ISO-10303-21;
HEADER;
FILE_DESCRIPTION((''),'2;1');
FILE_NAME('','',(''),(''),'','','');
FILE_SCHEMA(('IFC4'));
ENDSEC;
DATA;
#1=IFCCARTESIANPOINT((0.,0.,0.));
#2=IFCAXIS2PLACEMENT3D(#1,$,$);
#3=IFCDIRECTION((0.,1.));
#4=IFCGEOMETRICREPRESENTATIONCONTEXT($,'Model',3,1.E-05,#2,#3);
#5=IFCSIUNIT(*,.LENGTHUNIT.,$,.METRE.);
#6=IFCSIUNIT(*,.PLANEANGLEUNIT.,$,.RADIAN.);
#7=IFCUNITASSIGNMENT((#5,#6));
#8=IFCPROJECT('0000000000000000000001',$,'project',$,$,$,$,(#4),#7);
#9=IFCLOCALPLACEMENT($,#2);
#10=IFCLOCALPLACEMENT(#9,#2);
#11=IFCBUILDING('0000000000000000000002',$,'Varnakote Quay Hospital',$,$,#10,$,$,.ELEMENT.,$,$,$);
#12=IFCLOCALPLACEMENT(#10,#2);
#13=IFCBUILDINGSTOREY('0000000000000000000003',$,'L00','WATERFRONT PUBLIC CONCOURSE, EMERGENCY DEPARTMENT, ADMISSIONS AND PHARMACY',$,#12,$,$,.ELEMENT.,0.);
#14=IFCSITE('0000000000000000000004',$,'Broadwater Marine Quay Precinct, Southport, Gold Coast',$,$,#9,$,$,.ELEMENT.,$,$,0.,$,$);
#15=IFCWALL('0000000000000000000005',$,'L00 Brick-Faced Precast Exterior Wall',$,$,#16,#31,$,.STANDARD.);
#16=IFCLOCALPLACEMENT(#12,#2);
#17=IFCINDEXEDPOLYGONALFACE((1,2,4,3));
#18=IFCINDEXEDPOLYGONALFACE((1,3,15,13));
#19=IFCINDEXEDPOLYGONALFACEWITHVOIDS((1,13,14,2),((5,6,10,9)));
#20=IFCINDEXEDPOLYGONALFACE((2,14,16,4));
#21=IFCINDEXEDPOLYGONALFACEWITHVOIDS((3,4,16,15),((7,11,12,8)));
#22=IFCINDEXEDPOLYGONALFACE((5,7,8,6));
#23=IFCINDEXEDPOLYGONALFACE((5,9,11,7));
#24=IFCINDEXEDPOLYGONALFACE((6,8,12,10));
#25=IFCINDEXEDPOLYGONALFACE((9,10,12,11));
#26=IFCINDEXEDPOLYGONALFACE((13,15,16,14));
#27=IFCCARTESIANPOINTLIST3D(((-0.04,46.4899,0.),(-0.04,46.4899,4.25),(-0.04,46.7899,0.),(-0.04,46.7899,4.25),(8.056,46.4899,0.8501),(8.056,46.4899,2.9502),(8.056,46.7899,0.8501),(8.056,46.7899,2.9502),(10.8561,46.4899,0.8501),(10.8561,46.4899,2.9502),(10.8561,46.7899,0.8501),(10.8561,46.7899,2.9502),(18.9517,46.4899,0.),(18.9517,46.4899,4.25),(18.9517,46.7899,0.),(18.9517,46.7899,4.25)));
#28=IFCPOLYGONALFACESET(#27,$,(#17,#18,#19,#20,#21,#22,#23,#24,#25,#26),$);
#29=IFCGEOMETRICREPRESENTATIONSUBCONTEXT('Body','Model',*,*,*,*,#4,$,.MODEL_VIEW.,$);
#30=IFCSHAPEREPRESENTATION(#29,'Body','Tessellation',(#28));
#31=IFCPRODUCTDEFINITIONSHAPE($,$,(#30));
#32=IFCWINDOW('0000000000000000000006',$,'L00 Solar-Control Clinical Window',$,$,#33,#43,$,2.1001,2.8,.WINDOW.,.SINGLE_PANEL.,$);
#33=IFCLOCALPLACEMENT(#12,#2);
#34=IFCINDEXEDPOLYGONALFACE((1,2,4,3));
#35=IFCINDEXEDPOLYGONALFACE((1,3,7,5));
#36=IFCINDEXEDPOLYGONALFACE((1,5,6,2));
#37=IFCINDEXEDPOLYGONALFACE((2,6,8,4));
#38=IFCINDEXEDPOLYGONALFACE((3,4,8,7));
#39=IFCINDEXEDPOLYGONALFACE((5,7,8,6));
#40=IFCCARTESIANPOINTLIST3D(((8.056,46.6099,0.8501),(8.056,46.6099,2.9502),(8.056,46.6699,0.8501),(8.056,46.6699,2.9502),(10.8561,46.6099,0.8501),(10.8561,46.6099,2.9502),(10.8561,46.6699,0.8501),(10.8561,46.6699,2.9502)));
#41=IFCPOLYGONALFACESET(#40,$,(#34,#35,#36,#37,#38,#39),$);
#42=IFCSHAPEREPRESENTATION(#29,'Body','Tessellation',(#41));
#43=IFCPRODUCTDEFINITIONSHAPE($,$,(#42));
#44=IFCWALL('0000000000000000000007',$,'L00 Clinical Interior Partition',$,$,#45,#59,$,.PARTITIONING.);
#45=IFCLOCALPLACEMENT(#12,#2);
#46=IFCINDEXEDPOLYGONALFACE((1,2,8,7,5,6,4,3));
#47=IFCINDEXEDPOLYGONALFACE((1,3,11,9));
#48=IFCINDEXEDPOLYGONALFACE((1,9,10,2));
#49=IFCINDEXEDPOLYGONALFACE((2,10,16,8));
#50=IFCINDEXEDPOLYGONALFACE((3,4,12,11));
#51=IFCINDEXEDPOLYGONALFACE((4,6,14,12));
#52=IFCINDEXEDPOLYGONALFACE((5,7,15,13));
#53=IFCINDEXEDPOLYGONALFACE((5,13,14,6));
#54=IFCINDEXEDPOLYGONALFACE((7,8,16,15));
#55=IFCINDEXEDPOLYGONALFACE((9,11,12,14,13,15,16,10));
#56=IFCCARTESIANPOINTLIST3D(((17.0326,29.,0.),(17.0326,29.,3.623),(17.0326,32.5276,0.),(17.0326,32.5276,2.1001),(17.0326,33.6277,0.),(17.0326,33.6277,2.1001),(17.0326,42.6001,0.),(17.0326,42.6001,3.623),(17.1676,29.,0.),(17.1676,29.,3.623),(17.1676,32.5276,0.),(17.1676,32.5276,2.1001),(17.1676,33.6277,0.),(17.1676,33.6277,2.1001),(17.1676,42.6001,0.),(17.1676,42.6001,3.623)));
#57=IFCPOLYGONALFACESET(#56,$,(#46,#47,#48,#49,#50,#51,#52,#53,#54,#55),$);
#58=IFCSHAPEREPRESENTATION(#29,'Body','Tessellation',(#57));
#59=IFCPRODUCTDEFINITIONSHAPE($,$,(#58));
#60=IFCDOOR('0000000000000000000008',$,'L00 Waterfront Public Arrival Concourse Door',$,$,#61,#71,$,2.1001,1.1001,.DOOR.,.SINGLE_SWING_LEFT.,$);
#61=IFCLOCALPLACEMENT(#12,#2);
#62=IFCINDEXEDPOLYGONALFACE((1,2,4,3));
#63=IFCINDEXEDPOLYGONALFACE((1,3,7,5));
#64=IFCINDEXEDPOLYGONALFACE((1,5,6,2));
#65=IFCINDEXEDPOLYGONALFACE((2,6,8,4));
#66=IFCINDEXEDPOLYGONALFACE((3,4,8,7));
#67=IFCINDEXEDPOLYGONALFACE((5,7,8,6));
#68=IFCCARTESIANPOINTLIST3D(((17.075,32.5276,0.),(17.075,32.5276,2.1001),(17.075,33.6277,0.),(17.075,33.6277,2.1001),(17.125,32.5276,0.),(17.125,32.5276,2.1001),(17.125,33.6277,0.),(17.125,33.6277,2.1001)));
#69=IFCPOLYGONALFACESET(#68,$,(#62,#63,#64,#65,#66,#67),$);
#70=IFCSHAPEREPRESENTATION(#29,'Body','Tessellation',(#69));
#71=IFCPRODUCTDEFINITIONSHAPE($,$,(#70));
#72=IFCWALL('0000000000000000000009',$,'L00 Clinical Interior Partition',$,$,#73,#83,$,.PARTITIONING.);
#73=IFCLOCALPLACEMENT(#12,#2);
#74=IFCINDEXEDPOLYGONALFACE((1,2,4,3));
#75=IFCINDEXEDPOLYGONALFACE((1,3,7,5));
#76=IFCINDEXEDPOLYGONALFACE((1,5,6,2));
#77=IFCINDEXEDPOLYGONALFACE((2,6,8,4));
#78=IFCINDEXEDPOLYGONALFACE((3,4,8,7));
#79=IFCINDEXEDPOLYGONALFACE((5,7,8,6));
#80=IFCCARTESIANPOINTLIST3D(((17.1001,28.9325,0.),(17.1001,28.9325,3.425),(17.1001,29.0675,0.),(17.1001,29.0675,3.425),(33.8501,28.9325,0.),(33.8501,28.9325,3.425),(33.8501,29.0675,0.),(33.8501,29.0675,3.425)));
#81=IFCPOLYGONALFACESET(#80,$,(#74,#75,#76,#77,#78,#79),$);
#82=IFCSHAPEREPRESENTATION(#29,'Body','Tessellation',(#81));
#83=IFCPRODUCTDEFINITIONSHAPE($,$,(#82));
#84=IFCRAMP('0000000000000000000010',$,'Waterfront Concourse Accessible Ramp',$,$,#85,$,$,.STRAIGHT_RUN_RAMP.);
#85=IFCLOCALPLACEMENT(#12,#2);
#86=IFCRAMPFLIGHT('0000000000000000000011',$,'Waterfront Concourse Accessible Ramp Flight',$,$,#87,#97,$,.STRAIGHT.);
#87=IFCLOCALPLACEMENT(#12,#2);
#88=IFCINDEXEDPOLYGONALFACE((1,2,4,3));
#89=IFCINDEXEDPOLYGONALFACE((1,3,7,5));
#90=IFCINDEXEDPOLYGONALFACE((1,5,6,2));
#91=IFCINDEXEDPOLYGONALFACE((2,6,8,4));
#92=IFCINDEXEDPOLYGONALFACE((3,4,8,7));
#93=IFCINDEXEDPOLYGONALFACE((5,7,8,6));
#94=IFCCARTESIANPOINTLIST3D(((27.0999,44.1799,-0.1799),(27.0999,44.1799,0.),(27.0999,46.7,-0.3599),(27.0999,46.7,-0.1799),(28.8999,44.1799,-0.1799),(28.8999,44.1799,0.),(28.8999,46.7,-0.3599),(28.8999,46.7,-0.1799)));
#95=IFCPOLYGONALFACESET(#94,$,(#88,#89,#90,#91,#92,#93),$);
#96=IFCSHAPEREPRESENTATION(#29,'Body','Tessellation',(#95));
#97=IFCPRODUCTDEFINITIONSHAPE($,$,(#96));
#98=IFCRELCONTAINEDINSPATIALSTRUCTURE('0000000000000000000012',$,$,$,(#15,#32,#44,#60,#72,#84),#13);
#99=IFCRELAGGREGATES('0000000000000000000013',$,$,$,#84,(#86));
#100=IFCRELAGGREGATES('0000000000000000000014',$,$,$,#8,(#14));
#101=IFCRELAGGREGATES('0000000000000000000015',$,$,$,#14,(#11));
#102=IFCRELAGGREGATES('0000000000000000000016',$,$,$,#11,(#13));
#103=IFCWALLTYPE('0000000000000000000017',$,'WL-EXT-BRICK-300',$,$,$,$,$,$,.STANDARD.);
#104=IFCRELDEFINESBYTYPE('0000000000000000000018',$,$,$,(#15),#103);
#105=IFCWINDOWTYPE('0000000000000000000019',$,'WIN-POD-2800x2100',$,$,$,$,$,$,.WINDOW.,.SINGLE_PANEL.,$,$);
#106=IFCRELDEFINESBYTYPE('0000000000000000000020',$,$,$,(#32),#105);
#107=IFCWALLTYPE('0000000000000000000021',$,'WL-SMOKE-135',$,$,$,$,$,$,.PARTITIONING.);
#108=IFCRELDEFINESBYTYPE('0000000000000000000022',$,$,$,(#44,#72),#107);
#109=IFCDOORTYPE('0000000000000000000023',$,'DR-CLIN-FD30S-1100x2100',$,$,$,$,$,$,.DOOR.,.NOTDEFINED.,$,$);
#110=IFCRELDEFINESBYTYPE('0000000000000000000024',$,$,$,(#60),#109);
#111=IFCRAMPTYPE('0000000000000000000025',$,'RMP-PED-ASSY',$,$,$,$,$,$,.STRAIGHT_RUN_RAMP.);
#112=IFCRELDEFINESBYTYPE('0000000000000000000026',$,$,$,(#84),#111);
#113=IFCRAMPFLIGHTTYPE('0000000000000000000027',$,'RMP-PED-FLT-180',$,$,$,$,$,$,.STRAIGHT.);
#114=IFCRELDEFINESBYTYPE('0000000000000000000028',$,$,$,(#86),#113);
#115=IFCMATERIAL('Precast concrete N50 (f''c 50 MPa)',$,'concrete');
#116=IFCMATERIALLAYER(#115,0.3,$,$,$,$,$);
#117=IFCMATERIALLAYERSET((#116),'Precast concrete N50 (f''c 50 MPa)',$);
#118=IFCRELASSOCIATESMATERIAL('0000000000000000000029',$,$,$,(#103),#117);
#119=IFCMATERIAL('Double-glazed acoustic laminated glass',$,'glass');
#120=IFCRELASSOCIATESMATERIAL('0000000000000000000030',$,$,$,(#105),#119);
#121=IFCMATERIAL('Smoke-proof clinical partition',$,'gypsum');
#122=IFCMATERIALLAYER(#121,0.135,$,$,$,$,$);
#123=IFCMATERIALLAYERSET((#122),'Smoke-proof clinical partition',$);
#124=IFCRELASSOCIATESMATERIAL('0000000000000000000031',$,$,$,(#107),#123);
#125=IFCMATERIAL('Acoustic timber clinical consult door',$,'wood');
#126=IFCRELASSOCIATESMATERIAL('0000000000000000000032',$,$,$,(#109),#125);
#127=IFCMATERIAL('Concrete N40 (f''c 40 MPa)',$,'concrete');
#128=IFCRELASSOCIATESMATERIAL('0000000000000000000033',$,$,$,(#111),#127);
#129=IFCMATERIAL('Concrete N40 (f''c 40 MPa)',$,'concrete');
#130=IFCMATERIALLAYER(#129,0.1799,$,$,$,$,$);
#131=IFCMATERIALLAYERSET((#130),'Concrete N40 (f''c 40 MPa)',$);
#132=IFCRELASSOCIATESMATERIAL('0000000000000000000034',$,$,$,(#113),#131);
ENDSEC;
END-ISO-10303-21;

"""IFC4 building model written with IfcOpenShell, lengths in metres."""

from ifc_helpers import new_model, si_unit, direction, frame, frame_2d, origin, place, context, subcontext, project, spatial, polyline, rectangle, outline, extrude, material, layer, layer_set, type_object, element, fill, aggregate, save


model = new_model("IFC4")

# Units and contexts
model_context = context("Model", 3, precision=1e-05, world=origin(), true_north=direction((0.0, 1.0)))
body_context = subcontext(model_context, "Body", "Model", "MODEL_VIEW")
ifc_project = project(units=[si_unit("LENGTHUNIT", "METRE"), si_unit("PLANEANGLEUNIT", "RADIAN")], contexts=[model_context])

# Site, building, storey
site_placement = place(None, origin())
site = spatial("IfcSite", under=ifc_project, at=site_placement, Name="Broadwater Marine Quay Precinct, Southport, Gold Coast", CompositionType="ELEMENT", RefElevation=0.0)
building_placement = place(site_placement, origin())
building = spatial("IfcBuilding", under=site, at=building_placement, Name="Varnakote Quay Hospital", CompositionType="ELEMENT")
storey_placement = place(building_placement, origin())
storey = spatial("IfcBuildingStorey", under=building, at=storey_placement, Name="L00", Description="WATERFRONT PUBLIC CONCOURSE, EMERGENCY DEPARTMENT, ADMISSIONS AND PHARMACY", CompositionType="ELEMENT", Elevation=0.0)

# Shared definitions
ifc_material_1 = material(Name="Precast concrete N50 (f'c 50 MPa)", Category="concrete")
ifc_layer_1 = layer(ifc_material_1, 0.3)
ifc_layer_set_1 = layer_set([ifc_layer_1], Name="Precast concrete N50 (f'c 50 MPa)")
wall_type_1 = type_object("IfcWallType", Name="WL-EXT-BRICK-300", PredefinedType="STANDARD", material=ifc_layer_set_1)

# Wall, opening, window
wall_1_placement = place(storey_placement, frame((18.9517, 46.6399, 0.0), z_axis=(0.0, 0.0, 1.0), x_axis=(-1.0, 0.0, 0.0)))
wall_1 = element("IfcWall", 1, at=wall_1_placement, inside=storey, type_object=wall_type_1, Name="L00 Brick-Faced Precast Exterior Wall", PredefinedType="STANDARD", context=body_context, shape_type="SweptSolid", body=[
    extrude(rectangle(XDim=18.9917, YDim=0.3, at=frame_2d((9.4958, 0.0))), origin(), (0.0, 0.0, 1.0), 4.25),
])
opening_1_placement = place(wall_1_placement, frame((8.0957, 0.0, 0.8501)))
opening_1 = element("IfcOpeningElement", 2, at=opening_1_placement, cuts=wall_1, PredefinedType="OPENING", context=body_context, shape_type="SweptSolid", body=[
    extrude(rectangle(XDim=2.8, YDim=2.1001, at=frame_2d((1.3999, 1.05))), frame((0.0, 0.1599, 0.0), z_axis=(0.0, -1.0, 0.0), x_axis=(1.0, 0.0, 0.0)), (0.0, 0.0, 1.0), 0.3201),
])
ifc_material_2 = material(Name="Double-glazed acoustic laminated glass", Category="glass")
window_type = type_object("IfcWindowType", Name="WIN-POD-2800x2100", PartitioningType="SINGLE_PANEL", PredefinedType="WINDOW", material=ifc_material_2)
window_placement = place(opening_1_placement, origin())
window = element("IfcWindow", 3, at=window_placement, inside=storey, type_object=window_type, Name="L00 Solar-Control Clinical Window", OverallHeight=2.1001, OverallWidth=2.8, PartitioningType="SINGLE_PANEL", PredefinedType="WINDOW", context=body_context, shape_type="SweptSolid", body=[
    extrude(rectangle(XDim=2.8, YDim=2.1001, at=frame_2d((1.3999, 1.05))), frame((0.0, 0.03, 0.0), z_axis=(0.0, -1.0, 0.0), x_axis=(1.0, 0.0, 0.0)), (0.0, 0.0, 1.0), 0.0601),
])
fill(opening_1, window)

# Wall, opening, door
ifc_material_3 = material(Name="Smoke-proof clinical partition", Category="gypsum")
ifc_layer_2 = layer(ifc_material_3, 0.135)
ifc_layer_set_2 = layer_set([ifc_layer_2], Name="Smoke-proof clinical partition")
wall_type_2 = type_object("IfcWallType", Name="WL-SMOKE-135", PredefinedType="PARTITIONING", material=ifc_layer_set_2)
wall_2_placement = place(storey_placement, frame((17.1001, 42.6001, 0.0), z_axis=(0.0, 0.0, 1.0), x_axis=(0.0, -1.0, 0.0)))
wall_2 = element("IfcWall", 4, at=wall_2_placement, inside=storey, type_object=wall_type_2, Name="L00 Clinical Interior Partition", PredefinedType="PARTITIONING", context=body_context, shape_type="SweptSolid", body=[
    extrude(rectangle(XDim=13.6001, YDim=0.135, at=frame_2d((6.8, 0.0))), origin(), (0.0, 0.0, 1.0), 3.623),
])
opening_2_placement = place(wall_2_placement, frame((8.9724, 0.0, 0.0)))
opening_2 = element("IfcOpeningElement", 5, at=opening_2_placement, cuts=wall_2, PredefinedType="OPENING", context=body_context, shape_type="SweptSolid", body=[
    extrude(rectangle(XDim=1.1001, YDim=2.1001, at=frame_2d((0.55, 1.05))), frame((0.0, 0.0774, 0.0), z_axis=(0.0, -1.0, 0.0), x_axis=(1.0, 0.0, 0.0)), (0.0, 0.0, 1.0), 0.155),
])
ifc_material_4 = material(Name="Acoustic timber clinical consult door", Category="wood")
door_type_1 = type_object("IfcDoorType", Name="DR-CLIN-FD30S-1100x2100", OperationType="NOTDEFINED", PredefinedType="DOOR", material=ifc_material_4)
door_1_placement = place(opening_2_placement, origin())
door_1 = element("IfcDoor", 6, at=door_1_placement, inside=storey, type_object=door_type_1, Name="L00 Waterfront Public Arrival Concourse Door", OperationType="SINGLE_SWING_LEFT", OverallHeight=2.1001, OverallWidth=1.1001, PredefinedType="DOOR", context=body_context, shape_type="SweptSolid", body=[
    extrude(rectangle(XDim=1.1001, YDim=2.1001, at=frame_2d((0.55, 1.05))), frame((0.0, 0.0249, 0.0), z_axis=(0.0, -1.0, 0.0), x_axis=(1.0, 0.0, 0.0)), (0.0, 0.0, 1.0), 0.05),
])
fill(opening_2, door_1)

# Wall
wall_3_placement = place(storey_placement, frame((17.1001, 29.0, 0.0), z_axis=(0.0, 0.0, 1.0), x_axis=(1.0, 0.0, 0.0)))
element("IfcWall", 7, at=wall_3_placement, inside=storey, type_object=wall_type_2, Name="L00 Clinical Interior Partition", PredefinedType="PARTITIONING", context=body_context, shape_type="SweptSolid", body=[
    extrude(rectangle(XDim=16.75, YDim=0.135, at=frame_2d((8.375, 0.0))), origin(), (0.0, 0.0, 1.0), 3.425),
])

# Ramp, ramp flight
ifc_material_5 = material(Name="Concrete N40 (f'c 40 MPa)", Category="concrete")
ramp_type = type_object("IfcRampType", Name="RMP-PED-ASSY", PredefinedType="STRAIGHT_RUN_RAMP", material=ifc_material_5)
ramp_placement = place(storey_placement, origin())
ramp = element("IfcRamp", 8, at=ramp_placement, inside=storey, type_object=ramp_type, Name="Waterfront Concourse Accessible Ramp", PredefinedType="STRAIGHT_RUN_RAMP")
ifc_material_6 = material(Name="Concrete N40 (f'c 40 MPa)", Category="concrete")
ifc_layer_3 = layer(ifc_material_6, 0.1799)
ifc_layer_set_3 = layer_set([ifc_layer_3], Name="Concrete N40 (f'c 40 MPa)")
ramp_flight_type = type_object("IfcRampFlightType", Name="RMP-PED-FLT-180", PredefinedType="STRAIGHT", material=ifc_layer_set_3)
ramp_flight_placement = place(storey_placement, frame((28.0, 46.7, -0.1799), z_axis=(0.0, 0.0, 1.0), x_axis=(0.0, -1.0, 0.0)))
ramp_flight = element("IfcRampFlight", 9, at=ramp_flight_placement, type_object=ramp_flight_type, Name="Waterfront Concourse Accessible Ramp Flight", PredefinedType="STRAIGHT", context=body_context, shape_type="SweptSolid", body=[
    extrude(outline(polyline([(0.0, 0.0), (2.52, 0.1799), (2.52, 0.0), (0.0, -0.1799), (0.0, 0.0)])), frame((0.0, 0.8999, 0.0), z_axis=(0.0, -1.0, 0.0), x_axis=(1.0, 0.0, 0.0)), (0.0, 0.0, 1.0), 1.8),
])
aggregate(ramp, [ramp_flight])

save(model, "model.ifc")
